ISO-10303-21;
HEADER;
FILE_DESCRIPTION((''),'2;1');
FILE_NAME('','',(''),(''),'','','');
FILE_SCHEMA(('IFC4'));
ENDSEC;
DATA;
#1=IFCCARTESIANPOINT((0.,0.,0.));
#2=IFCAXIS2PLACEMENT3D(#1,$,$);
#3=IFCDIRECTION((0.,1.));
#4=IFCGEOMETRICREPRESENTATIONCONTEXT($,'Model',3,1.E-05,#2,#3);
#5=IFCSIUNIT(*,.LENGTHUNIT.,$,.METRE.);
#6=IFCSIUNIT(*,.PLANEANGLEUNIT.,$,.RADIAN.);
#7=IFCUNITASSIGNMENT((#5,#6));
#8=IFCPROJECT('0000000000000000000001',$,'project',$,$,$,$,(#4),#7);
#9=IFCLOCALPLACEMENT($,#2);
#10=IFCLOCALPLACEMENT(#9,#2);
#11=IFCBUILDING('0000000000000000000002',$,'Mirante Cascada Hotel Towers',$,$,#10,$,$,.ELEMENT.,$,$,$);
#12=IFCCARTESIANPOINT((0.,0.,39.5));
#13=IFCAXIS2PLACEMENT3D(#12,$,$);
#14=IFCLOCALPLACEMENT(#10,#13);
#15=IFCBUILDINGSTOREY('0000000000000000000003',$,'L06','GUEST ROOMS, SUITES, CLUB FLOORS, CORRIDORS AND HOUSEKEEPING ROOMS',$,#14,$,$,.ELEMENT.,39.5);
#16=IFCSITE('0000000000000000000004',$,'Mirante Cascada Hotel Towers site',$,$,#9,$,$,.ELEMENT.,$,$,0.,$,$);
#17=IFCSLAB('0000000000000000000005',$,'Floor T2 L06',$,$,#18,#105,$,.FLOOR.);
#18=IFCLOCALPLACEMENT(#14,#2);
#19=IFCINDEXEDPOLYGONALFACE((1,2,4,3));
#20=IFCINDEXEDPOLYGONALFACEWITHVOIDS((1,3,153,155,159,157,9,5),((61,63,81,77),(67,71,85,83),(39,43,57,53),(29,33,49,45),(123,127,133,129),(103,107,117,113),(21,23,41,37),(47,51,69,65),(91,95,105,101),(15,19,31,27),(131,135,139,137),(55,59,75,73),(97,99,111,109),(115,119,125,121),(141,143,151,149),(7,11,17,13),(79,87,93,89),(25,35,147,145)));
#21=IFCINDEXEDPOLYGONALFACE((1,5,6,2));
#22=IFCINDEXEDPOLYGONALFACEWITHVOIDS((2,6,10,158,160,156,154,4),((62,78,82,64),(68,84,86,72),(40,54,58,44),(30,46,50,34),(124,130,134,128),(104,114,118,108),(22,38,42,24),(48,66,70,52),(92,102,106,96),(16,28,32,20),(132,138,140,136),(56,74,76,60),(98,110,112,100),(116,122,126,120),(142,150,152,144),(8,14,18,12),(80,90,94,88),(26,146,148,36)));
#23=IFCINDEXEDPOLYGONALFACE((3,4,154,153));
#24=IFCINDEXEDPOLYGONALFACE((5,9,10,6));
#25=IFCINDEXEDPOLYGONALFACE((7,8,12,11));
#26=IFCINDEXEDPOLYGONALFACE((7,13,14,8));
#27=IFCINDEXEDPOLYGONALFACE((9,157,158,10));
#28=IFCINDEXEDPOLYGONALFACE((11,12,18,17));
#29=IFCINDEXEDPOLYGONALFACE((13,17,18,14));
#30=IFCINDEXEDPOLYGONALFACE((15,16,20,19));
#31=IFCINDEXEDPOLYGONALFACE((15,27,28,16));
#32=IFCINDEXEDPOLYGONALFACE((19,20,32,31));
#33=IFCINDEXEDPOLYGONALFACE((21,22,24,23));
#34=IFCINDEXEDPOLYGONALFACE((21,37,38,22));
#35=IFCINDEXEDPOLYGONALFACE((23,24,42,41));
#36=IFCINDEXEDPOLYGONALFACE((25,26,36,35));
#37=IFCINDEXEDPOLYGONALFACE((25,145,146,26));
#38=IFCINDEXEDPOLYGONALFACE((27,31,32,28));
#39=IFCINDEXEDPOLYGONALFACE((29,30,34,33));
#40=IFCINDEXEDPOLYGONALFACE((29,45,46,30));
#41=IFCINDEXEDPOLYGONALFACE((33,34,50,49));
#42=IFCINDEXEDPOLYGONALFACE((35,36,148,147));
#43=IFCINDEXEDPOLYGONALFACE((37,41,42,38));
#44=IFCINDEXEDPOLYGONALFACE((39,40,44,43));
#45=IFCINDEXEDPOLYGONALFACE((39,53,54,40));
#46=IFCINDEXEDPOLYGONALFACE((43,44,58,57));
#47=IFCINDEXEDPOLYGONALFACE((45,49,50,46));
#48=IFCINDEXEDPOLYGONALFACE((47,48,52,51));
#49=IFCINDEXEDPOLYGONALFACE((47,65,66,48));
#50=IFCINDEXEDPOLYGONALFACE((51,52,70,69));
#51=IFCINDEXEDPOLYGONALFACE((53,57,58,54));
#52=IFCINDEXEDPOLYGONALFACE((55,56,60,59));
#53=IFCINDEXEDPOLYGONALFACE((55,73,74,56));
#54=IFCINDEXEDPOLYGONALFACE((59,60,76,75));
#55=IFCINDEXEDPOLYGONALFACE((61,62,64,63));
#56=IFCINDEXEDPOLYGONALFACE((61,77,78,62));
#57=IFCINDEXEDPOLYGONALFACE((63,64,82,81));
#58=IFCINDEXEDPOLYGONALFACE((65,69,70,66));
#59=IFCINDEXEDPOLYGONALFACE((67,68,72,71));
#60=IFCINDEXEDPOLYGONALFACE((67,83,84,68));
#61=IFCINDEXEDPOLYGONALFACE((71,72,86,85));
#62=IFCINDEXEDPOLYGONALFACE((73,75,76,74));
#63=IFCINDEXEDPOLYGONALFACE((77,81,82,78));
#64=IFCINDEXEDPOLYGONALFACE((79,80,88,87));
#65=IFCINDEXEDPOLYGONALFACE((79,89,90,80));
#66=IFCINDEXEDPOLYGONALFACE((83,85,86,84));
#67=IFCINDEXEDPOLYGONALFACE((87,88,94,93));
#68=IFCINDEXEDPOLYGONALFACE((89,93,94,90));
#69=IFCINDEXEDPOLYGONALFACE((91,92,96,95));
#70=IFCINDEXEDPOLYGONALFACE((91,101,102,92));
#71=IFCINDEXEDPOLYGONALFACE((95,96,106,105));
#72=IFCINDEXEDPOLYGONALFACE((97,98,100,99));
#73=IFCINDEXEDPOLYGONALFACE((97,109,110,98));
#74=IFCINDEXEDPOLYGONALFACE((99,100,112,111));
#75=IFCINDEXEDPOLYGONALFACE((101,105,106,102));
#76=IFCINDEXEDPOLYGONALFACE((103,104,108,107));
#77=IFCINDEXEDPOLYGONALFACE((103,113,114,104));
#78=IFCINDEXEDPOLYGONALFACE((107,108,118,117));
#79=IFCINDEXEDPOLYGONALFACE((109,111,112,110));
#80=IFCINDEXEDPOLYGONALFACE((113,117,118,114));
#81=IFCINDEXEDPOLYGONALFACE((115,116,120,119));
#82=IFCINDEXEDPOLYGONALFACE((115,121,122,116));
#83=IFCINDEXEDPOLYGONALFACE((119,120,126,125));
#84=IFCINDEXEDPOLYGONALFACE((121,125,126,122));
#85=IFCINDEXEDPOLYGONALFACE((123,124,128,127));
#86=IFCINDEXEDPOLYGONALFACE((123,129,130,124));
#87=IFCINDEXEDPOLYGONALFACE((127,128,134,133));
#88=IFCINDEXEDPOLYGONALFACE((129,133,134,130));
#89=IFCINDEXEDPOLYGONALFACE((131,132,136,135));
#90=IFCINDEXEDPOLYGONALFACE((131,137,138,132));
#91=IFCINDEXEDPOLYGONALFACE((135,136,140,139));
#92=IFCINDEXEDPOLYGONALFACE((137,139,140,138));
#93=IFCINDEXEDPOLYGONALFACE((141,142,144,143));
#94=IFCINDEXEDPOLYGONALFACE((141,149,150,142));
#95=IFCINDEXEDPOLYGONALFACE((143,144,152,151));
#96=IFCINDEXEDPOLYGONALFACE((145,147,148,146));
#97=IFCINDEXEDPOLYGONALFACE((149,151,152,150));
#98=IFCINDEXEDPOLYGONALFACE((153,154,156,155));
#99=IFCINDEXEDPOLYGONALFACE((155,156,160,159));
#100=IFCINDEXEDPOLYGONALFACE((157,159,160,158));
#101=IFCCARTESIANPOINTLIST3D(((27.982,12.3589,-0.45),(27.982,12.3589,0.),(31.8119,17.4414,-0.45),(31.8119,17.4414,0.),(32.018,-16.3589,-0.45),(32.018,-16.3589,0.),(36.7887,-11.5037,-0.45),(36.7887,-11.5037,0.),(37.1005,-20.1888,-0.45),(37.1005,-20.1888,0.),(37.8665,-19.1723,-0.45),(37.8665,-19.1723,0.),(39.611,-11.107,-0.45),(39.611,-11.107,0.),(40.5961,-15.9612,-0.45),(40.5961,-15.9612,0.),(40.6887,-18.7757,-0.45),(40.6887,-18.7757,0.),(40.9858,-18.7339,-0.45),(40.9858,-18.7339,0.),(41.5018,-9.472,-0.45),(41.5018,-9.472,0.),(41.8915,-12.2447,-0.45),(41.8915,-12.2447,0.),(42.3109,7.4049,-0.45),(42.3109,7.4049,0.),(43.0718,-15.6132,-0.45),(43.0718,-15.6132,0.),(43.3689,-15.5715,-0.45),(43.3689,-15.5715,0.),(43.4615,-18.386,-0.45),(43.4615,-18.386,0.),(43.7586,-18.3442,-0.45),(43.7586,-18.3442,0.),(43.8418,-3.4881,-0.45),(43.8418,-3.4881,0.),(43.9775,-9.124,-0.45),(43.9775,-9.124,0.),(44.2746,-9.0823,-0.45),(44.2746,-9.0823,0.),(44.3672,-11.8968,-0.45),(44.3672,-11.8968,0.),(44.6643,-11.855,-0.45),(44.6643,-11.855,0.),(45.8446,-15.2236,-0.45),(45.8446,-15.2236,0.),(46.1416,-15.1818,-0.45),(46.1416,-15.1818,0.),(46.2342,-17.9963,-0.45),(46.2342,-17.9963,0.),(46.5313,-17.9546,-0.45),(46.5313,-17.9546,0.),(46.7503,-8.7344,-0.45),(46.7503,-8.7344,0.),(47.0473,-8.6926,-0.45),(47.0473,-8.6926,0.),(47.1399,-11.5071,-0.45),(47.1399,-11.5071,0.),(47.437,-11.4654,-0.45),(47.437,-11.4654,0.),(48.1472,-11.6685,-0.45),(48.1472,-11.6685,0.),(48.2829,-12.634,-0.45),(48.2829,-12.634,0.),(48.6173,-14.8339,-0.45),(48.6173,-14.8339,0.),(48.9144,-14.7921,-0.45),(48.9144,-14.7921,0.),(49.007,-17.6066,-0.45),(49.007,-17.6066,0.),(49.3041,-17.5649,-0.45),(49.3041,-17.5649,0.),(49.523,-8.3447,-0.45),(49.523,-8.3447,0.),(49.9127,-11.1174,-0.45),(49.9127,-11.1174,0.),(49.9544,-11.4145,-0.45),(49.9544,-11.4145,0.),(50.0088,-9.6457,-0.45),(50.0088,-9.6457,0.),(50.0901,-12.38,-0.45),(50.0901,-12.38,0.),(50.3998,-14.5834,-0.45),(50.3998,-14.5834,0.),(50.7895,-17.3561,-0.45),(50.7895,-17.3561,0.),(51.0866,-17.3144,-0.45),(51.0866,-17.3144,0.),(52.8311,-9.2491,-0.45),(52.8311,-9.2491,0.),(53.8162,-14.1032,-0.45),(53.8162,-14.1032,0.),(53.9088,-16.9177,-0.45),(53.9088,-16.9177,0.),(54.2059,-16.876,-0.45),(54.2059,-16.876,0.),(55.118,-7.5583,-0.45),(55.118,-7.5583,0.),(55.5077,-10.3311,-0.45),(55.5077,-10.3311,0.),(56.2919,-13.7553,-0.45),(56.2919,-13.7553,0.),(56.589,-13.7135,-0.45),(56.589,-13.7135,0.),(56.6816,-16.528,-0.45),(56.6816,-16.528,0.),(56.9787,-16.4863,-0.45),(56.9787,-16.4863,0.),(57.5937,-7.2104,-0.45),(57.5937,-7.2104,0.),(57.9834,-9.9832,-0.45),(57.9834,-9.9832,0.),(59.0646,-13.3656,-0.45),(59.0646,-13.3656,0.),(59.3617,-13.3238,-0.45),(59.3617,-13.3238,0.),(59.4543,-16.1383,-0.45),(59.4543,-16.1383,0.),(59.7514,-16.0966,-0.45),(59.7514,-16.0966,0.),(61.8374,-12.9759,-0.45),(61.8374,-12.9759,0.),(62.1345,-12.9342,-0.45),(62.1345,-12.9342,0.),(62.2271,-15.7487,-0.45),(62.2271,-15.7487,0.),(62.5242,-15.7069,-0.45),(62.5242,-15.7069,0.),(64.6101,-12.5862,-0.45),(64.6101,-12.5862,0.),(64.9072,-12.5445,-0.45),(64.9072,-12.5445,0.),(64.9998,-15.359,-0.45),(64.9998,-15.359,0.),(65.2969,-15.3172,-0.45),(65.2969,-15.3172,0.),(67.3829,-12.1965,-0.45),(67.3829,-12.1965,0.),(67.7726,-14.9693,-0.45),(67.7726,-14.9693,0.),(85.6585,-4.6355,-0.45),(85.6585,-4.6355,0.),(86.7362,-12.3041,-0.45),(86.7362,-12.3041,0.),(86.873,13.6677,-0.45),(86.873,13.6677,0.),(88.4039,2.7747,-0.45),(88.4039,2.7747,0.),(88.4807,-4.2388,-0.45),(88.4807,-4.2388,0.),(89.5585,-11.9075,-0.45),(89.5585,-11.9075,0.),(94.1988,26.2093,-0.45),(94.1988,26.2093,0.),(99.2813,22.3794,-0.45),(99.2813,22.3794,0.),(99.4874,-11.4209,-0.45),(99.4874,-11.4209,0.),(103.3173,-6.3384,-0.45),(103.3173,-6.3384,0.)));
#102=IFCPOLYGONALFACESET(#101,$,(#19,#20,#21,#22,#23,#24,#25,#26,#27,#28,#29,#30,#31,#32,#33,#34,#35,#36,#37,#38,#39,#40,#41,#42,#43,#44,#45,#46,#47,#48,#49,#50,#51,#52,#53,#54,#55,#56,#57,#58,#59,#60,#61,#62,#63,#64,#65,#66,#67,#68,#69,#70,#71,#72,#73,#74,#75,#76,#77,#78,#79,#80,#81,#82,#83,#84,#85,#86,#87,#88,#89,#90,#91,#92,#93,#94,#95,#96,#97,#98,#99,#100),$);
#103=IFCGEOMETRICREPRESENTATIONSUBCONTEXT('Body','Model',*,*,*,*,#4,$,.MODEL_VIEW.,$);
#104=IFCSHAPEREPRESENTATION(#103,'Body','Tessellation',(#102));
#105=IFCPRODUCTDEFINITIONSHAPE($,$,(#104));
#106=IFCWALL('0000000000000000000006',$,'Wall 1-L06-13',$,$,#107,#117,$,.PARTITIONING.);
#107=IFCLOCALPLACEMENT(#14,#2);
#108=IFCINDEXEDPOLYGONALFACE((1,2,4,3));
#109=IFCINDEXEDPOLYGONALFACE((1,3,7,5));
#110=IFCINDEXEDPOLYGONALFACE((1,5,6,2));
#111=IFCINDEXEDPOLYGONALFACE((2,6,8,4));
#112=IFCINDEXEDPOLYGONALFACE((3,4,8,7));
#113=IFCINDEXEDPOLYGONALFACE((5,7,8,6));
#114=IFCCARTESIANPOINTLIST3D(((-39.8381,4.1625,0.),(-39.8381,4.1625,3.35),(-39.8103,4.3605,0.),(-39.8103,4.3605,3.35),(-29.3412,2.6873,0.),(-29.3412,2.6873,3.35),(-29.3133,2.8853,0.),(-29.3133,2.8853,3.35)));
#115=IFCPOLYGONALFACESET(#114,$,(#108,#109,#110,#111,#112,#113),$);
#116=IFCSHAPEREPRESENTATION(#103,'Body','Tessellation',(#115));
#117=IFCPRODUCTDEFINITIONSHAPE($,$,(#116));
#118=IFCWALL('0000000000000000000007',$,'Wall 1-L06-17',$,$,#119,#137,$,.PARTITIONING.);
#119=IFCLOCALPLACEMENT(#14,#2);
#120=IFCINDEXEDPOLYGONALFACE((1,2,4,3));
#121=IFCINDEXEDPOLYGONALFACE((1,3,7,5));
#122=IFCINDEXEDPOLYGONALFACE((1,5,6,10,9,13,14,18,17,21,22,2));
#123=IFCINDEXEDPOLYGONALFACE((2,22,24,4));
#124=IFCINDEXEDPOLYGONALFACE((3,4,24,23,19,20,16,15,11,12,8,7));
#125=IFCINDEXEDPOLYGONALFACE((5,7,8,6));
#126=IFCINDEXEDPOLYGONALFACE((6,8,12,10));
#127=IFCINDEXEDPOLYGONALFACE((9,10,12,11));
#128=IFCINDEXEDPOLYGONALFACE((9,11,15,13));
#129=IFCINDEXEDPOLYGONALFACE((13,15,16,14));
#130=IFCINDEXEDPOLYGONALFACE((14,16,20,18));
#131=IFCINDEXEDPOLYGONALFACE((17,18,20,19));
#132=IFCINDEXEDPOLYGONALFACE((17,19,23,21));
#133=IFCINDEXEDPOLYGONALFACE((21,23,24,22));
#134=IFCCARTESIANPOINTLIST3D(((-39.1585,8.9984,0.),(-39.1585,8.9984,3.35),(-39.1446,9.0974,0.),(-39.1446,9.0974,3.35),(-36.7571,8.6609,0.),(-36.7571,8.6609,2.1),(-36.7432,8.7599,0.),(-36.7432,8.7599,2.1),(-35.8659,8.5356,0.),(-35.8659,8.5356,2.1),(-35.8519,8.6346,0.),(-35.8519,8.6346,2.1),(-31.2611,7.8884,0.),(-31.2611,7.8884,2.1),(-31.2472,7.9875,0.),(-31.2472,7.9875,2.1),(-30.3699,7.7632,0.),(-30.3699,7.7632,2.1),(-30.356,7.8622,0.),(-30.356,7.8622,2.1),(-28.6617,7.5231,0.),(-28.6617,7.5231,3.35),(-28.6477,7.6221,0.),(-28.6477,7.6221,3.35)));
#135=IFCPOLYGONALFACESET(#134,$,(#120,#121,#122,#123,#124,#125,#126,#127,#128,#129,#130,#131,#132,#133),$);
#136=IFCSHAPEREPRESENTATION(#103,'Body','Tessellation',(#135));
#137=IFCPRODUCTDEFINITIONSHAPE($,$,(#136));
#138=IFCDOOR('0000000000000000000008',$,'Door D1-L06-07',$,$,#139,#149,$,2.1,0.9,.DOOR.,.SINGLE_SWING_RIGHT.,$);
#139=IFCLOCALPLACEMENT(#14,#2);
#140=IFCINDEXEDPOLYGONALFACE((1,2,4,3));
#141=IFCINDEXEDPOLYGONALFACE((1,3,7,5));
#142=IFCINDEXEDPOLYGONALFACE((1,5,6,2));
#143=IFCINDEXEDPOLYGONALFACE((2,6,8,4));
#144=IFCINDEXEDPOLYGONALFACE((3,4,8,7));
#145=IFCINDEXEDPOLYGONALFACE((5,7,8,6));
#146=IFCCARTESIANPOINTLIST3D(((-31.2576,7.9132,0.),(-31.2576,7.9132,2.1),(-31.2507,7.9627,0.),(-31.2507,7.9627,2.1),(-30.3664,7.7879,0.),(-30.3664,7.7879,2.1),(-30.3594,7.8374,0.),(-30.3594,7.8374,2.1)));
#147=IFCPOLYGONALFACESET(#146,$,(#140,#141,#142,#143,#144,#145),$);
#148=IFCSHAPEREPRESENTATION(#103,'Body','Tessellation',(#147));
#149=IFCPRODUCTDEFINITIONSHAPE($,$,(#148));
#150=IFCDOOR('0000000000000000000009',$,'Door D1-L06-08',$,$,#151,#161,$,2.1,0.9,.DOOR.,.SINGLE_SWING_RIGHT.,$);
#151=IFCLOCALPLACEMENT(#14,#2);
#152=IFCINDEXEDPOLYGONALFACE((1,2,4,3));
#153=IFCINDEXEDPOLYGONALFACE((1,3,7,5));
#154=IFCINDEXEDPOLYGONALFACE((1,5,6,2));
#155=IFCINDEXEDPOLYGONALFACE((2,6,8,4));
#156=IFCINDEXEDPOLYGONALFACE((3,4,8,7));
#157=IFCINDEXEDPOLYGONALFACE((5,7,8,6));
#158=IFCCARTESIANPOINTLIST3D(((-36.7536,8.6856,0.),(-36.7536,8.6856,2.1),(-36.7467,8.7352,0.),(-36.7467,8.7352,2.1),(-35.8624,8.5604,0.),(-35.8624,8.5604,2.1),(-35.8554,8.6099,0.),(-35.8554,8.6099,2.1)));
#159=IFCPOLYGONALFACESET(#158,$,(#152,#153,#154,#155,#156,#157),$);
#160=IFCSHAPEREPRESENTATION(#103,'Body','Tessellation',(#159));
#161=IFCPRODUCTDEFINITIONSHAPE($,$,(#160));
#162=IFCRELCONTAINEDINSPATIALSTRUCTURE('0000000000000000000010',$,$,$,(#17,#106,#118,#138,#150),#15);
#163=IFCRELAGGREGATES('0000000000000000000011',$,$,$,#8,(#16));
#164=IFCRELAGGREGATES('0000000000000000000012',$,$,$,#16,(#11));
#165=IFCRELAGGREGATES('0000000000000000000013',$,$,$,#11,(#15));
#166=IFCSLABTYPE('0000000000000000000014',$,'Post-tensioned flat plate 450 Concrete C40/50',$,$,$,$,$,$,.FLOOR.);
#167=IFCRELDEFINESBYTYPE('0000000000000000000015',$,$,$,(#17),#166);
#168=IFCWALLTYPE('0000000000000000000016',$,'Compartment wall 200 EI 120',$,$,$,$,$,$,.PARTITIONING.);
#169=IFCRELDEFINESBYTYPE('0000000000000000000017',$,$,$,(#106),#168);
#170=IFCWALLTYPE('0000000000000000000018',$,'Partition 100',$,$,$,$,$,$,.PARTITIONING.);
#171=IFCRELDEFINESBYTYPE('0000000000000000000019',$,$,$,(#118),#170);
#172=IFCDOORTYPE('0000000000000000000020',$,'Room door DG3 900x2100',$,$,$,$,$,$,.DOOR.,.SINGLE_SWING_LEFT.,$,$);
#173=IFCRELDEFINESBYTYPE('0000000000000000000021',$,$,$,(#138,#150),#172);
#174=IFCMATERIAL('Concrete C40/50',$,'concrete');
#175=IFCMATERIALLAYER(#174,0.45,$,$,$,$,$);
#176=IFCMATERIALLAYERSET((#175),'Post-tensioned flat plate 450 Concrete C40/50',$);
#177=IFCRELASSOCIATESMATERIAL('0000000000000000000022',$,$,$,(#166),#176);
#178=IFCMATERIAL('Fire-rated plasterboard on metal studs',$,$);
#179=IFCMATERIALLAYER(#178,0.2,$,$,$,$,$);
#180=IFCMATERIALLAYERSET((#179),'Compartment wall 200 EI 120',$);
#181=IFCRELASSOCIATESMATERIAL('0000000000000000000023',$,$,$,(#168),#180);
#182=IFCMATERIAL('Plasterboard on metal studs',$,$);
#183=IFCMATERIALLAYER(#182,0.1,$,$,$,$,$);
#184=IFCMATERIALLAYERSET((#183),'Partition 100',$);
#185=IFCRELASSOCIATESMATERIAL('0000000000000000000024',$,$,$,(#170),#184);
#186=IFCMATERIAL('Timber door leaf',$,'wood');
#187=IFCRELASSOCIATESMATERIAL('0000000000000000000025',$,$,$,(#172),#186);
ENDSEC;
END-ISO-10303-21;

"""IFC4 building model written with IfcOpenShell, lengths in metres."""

from ifc_helpers import new_model, si_unit, direction, frame, frame_2d, origin, place, context, subcontext, project, spatial, polyline, rectangle, outline, extrude, material, layer, layer_set, type_object, element, fill, save


model = new_model("IFC4")

# Units and contexts
model_context = context("Model", 3, precision=1e-05, world=origin(), true_north=direction((0.0, 1.0)))
body_context = subcontext(model_context, "Body", "Model", "MODEL_VIEW")
ifc_project = project(units=[si_unit("LENGTHUNIT", "METRE"), si_unit("PLANEANGLEUNIT", "RADIAN")], contexts=[model_context])

# Site, building, storey
site_placement = place(None, origin())
site = spatial("IfcSite", under=ifc_project, at=site_placement, Name="Mirante Cascada Hotel Towers site", CompositionType="ELEMENT", RefElevation=0.0)
building_placement = place(site_placement, origin())
building = spatial("IfcBuilding", under=site, at=building_placement, Name="Mirante Cascada Hotel Towers", CompositionType="ELEMENT")
storey_placement = place(building_placement, frame((0.0, 0.0, 39.5)))
storey = spatial("IfcBuildingStorey", under=building, at=storey_placement, Name="L06", Description="GUEST ROOMS, SUITES, CLUB FLOORS, CORRIDORS AND HOUSEKEEPING ROOMS", CompositionType="ELEMENT", Elevation=39.5)

# Slab
ifc_material_1 = material(Name="Concrete C40/50", Category="concrete")
ifc_layer_1 = layer(ifc_material_1, 0.45)
ifc_layer_set_1 = layer_set([ifc_layer_1], Name="Post-tensioned flat plate 450 Concrete C40/50")
slab_type = type_object("IfcSlabType", Name="Post-tensioned flat plate 450 Concrete C40/50", PredefinedType="FLOOR", material=ifc_layer_set_1)
slab_1_placement = place(storey_placement, frame((0.0, 0.0, -0.45)))
element("IfcSlab", 1, at=slab_1_placement, inside=storey, type_object=slab_type, Name="Floor T2 L06", PredefinedType="FLOOR", context=body_context, shape_type="SweptSolid", body=[
    extrude(outline(polyline([(32.018, -16.3589), (27.982, 12.3589), (31.8119, 17.4414), (94.1988, 26.2093), (99.2813, 22.3794), (103.3173, -6.3384), (99.4874, -11.4209), (37.1005, -20.1888), (32.018, -16.3589)]), holes=[polyline([(43.0718, -15.6132), (40.5961, -15.9612), (40.9858, -18.7339), (43.4615, -18.386), (43.0718, -15.6132)]), polyline([(45.8446, -15.2236), (43.3689, -15.5715), (43.7586, -18.3442), (46.2342, -17.9963), (45.8446, -15.2236)]), polyline([(48.6173, -14.8339), (46.1416, -15.1818), (46.5313, -17.9546), (49.007, -17.6066), (48.6173, -14.8339)]), polyline([(50.3998, -14.5834), (48.9144, -14.7921), (49.3041, -17.5649), (50.7895, -17.3561), (50.3998, -14.5834)]), polyline([(37.8665, -19.1723), (40.6887, -18.7757), (39.611, -11.107), (36.7887, -11.5037), (37.8665, -19.1723)]), polyline([(49.9544, -11.4145), (48.1472, -11.6685), (48.2829, -12.634), (50.0901, -12.38), (49.9544, -11.4145)]), polyline([(43.9775, -9.124), (41.5018, -9.472), (41.8915, -12.2447), (44.3672, -11.8968), (43.9775, -9.124)]), polyline([(47.1399, -11.5071), (46.7503, -8.7344), (44.2746, -9.0823), (44.6643, -11.855), (47.1399, -11.5071)]), polyline([(49.9127, -11.1174), (49.523, -8.3447), (47.0473, -8.6926), (47.437, -11.4654), (49.9127, -11.1174)]), polyline([(56.2919, -13.7553), (53.8162, -14.1032), (54.2059, -16.876), (56.6816, -16.528), (56.2919, -13.7553)]), polyline([(59.0646, -13.3656), (56.589, -13.7135), (56.9787, -16.4863), (59.4543, -16.1383), (59.0646, -13.3656)]), polyline([(61.8374, -12.9759), (59.3617, -13.3238), (59.7514, -16.0966), (62.2271, -15.7487), (61.8374, -12.9759)]), polyline([(64.6101, -12.5862), (62.1345, -12.9342), (62.5242, -15.7069), (64.9998, -15.359), (64.6101, -12.5862)]), polyline([(67.3829, -12.1965), (64.9072, -12.5445), (65.2969, -15.3172), (67.7726, -14.9693), (67.3829, -12.1965)]), polyline([(51.0866, -17.3144), (53.9088, -16.9177), (52.8311, -9.2491), (50.0088, -9.6457), (51.0866, -17.3144)]), polyline([(86.7362, -12.3041), (89.5585, -11.9075), (88.4807, -4.2388), (85.6585, -4.6355), (86.7362, -12.3041)]), polyline([(57.9834, -9.9832), (57.5937, -7.2104), (55.118, -7.5583), (55.5077, -10.3311), (57.9834, -9.9832)]), polyline([(88.4039, 2.7747), (86.873, 13.6677), (42.3109, 7.4049), (43.8418, -3.4881), (88.4039, 2.7747)])]), origin(), (0.0, 0.0, 1.0), 0.45),
])

# Wall
ifc_material_2 = material(Name="Fire-rated plasterboard on metal studs")
ifc_layer_2 = layer(ifc_material_2, 0.2)
ifc_layer_set_2 = layer_set([ifc_layer_2], Name="Compartment wall 200 EI 120")
wall_type_1 = type_object("IfcWallType", Name="Compartment wall 200 EI 120", PredefinedType="PARTITIONING", material=ifc_layer_set_2)
wall_1_placement = place(storey_placement, frame((-29.3273, 2.7863, 0.0), z_axis=(0.0, 0.0, 1.0), x_axis=(-0.990269, 0.139169, 0.0)))
element("IfcWall", 2, at=wall_1_placement, inside=storey, type_object=wall_type_1, Name="Wall 1-L06-13", PredefinedType="PARTITIONING", context=body_context, shape_type="SweptSolid", body=[
    extrude(rectangle(XDim=10.6001, YDim=0.2, at=frame_2d((5.3, 0.0))), origin(), (0.0, 0.0, 1.0), 3.35),
])

# Wall, openings, doors
ifc_material_3 = material(Name="Plasterboard on metal studs")
ifc_layer_3 = layer(ifc_material_3, 0.1)
ifc_layer_set_3 = layer_set([ifc_layer_3], Name="Partition 100")
wall_type_2 = type_object("IfcWallType", Name="Partition 100", PredefinedType="PARTITIONING", material=ifc_layer_set_3)
wall_2_placement = place(storey_placement, frame((-28.6547, 7.5726, 0.0), z_axis=(0.0, 0.0, 1.0), x_axis=(-0.990267, 0.13918, 0.0)))
wall_2 = element("IfcWall", 3, at=wall_2_placement, inside=storey, type_object=wall_type_2, Name="Wall 1-L06-17", PredefinedType="PARTITIONING", context=body_context, shape_type="SweptSolid", body=[
    extrude(rectangle(XDim=10.6, YDim=0.1, at=frame_2d((5.3, 0.0))), origin(), (0.0, 0.0, 1.0), 3.35),
])
opening_1_placement = place(wall_2_placement, frame((1.725, 0.0, 0.0)))
opening_1 = element("IfcOpeningElement", 4, at=opening_1_placement, cuts=wall_2, PredefinedType="OPENING", context=body_context, shape_type="SweptSolid", body=[
    extrude(rectangle(XDim=0.9, YDim=2.1, at=frame_2d((0.45, 1.05))), frame((0.0, 0.05, 0.0), z_axis=(0.0, -1.0, 0.0), x_axis=(1.0, 0.0, 0.0)), (0.0, 0.0, 1.0), 0.1),
])
opening_2_placement = place(wall_2_placement, frame((7.275, 0.0, 0.0)))
opening_2 = element("IfcOpeningElement", 5, at=opening_2_placement, cuts=wall_2, PredefinedType="OPENING", context=body_context, shape_type="SweptSolid", body=[
    extrude(rectangle(XDim=0.9, YDim=2.1, at=frame_2d((0.45, 1.05))), frame((0.0, 0.05, 0.0), z_axis=(0.0, -1.0, 0.0), x_axis=(1.0, 0.0, 0.0)), (0.0, 0.0, 1.0), 0.1),
])
ifc_material_4 = material(Name="Timber door leaf", Category="wood")
door_type = type_object("IfcDoorType", Name="Room door DG3 900x2100", OperationType="SINGLE_SWING_LEFT", PredefinedType="DOOR", material=ifc_material_4)
door_1_placement = place(opening_1_placement, frame((0.9, 0.0, 0.0), z_axis=(0.0, 0.0, 1.0), x_axis=(-1.0, 0.0, 0.0)))
door_1 = element("IfcDoor", 6, at=door_1_placement, inside=storey, type_object=door_type, Name="Door D1-L06-07", OperationType="SINGLE_SWING_RIGHT", OverallHeight=2.1, OverallWidth=0.9, PredefinedType="DOOR", context=body_context, shape_type="SweptSolid", body=[
    extrude(rectangle(XDim=0.9, YDim=2.1, at=frame_2d((0.45, 1.05))), frame((0.0, 0.025, 0.0), z_axis=(0.0, -1.0, 0.0), x_axis=(1.0, 0.0, 0.0)), (0.0, 0.0, 1.0), 0.05),
])
fill(opening_1, door_1)
door_2_placement = place(opening_2_placement, frame((0.9, 0.0, 0.0), z_axis=(0.0, 0.0, 1.0), x_axis=(-1.0, 0.0, 0.0)))
door_2 = element("IfcDoor", 7, at=door_2_placement, inside=storey, type_object=door_type, Name="Door D1-L06-08", OperationType="SINGLE_SWING_RIGHT", OverallHeight=2.1, OverallWidth=0.9, PredefinedType="DOOR", context=body_context, shape_type="SweptSolid", body=[
    extrude(rectangle(XDim=0.9, YDim=2.1, at=frame_2d((0.45, 1.05))), frame((0.0, 0.025, 0.0), z_axis=(0.0, -1.0, 0.0), x_axis=(1.0, 0.0, 0.0)), (0.0, 0.0, 1.0), 0.05),
])
fill(opening_2, door_2)

save(model, "model.ifc")
